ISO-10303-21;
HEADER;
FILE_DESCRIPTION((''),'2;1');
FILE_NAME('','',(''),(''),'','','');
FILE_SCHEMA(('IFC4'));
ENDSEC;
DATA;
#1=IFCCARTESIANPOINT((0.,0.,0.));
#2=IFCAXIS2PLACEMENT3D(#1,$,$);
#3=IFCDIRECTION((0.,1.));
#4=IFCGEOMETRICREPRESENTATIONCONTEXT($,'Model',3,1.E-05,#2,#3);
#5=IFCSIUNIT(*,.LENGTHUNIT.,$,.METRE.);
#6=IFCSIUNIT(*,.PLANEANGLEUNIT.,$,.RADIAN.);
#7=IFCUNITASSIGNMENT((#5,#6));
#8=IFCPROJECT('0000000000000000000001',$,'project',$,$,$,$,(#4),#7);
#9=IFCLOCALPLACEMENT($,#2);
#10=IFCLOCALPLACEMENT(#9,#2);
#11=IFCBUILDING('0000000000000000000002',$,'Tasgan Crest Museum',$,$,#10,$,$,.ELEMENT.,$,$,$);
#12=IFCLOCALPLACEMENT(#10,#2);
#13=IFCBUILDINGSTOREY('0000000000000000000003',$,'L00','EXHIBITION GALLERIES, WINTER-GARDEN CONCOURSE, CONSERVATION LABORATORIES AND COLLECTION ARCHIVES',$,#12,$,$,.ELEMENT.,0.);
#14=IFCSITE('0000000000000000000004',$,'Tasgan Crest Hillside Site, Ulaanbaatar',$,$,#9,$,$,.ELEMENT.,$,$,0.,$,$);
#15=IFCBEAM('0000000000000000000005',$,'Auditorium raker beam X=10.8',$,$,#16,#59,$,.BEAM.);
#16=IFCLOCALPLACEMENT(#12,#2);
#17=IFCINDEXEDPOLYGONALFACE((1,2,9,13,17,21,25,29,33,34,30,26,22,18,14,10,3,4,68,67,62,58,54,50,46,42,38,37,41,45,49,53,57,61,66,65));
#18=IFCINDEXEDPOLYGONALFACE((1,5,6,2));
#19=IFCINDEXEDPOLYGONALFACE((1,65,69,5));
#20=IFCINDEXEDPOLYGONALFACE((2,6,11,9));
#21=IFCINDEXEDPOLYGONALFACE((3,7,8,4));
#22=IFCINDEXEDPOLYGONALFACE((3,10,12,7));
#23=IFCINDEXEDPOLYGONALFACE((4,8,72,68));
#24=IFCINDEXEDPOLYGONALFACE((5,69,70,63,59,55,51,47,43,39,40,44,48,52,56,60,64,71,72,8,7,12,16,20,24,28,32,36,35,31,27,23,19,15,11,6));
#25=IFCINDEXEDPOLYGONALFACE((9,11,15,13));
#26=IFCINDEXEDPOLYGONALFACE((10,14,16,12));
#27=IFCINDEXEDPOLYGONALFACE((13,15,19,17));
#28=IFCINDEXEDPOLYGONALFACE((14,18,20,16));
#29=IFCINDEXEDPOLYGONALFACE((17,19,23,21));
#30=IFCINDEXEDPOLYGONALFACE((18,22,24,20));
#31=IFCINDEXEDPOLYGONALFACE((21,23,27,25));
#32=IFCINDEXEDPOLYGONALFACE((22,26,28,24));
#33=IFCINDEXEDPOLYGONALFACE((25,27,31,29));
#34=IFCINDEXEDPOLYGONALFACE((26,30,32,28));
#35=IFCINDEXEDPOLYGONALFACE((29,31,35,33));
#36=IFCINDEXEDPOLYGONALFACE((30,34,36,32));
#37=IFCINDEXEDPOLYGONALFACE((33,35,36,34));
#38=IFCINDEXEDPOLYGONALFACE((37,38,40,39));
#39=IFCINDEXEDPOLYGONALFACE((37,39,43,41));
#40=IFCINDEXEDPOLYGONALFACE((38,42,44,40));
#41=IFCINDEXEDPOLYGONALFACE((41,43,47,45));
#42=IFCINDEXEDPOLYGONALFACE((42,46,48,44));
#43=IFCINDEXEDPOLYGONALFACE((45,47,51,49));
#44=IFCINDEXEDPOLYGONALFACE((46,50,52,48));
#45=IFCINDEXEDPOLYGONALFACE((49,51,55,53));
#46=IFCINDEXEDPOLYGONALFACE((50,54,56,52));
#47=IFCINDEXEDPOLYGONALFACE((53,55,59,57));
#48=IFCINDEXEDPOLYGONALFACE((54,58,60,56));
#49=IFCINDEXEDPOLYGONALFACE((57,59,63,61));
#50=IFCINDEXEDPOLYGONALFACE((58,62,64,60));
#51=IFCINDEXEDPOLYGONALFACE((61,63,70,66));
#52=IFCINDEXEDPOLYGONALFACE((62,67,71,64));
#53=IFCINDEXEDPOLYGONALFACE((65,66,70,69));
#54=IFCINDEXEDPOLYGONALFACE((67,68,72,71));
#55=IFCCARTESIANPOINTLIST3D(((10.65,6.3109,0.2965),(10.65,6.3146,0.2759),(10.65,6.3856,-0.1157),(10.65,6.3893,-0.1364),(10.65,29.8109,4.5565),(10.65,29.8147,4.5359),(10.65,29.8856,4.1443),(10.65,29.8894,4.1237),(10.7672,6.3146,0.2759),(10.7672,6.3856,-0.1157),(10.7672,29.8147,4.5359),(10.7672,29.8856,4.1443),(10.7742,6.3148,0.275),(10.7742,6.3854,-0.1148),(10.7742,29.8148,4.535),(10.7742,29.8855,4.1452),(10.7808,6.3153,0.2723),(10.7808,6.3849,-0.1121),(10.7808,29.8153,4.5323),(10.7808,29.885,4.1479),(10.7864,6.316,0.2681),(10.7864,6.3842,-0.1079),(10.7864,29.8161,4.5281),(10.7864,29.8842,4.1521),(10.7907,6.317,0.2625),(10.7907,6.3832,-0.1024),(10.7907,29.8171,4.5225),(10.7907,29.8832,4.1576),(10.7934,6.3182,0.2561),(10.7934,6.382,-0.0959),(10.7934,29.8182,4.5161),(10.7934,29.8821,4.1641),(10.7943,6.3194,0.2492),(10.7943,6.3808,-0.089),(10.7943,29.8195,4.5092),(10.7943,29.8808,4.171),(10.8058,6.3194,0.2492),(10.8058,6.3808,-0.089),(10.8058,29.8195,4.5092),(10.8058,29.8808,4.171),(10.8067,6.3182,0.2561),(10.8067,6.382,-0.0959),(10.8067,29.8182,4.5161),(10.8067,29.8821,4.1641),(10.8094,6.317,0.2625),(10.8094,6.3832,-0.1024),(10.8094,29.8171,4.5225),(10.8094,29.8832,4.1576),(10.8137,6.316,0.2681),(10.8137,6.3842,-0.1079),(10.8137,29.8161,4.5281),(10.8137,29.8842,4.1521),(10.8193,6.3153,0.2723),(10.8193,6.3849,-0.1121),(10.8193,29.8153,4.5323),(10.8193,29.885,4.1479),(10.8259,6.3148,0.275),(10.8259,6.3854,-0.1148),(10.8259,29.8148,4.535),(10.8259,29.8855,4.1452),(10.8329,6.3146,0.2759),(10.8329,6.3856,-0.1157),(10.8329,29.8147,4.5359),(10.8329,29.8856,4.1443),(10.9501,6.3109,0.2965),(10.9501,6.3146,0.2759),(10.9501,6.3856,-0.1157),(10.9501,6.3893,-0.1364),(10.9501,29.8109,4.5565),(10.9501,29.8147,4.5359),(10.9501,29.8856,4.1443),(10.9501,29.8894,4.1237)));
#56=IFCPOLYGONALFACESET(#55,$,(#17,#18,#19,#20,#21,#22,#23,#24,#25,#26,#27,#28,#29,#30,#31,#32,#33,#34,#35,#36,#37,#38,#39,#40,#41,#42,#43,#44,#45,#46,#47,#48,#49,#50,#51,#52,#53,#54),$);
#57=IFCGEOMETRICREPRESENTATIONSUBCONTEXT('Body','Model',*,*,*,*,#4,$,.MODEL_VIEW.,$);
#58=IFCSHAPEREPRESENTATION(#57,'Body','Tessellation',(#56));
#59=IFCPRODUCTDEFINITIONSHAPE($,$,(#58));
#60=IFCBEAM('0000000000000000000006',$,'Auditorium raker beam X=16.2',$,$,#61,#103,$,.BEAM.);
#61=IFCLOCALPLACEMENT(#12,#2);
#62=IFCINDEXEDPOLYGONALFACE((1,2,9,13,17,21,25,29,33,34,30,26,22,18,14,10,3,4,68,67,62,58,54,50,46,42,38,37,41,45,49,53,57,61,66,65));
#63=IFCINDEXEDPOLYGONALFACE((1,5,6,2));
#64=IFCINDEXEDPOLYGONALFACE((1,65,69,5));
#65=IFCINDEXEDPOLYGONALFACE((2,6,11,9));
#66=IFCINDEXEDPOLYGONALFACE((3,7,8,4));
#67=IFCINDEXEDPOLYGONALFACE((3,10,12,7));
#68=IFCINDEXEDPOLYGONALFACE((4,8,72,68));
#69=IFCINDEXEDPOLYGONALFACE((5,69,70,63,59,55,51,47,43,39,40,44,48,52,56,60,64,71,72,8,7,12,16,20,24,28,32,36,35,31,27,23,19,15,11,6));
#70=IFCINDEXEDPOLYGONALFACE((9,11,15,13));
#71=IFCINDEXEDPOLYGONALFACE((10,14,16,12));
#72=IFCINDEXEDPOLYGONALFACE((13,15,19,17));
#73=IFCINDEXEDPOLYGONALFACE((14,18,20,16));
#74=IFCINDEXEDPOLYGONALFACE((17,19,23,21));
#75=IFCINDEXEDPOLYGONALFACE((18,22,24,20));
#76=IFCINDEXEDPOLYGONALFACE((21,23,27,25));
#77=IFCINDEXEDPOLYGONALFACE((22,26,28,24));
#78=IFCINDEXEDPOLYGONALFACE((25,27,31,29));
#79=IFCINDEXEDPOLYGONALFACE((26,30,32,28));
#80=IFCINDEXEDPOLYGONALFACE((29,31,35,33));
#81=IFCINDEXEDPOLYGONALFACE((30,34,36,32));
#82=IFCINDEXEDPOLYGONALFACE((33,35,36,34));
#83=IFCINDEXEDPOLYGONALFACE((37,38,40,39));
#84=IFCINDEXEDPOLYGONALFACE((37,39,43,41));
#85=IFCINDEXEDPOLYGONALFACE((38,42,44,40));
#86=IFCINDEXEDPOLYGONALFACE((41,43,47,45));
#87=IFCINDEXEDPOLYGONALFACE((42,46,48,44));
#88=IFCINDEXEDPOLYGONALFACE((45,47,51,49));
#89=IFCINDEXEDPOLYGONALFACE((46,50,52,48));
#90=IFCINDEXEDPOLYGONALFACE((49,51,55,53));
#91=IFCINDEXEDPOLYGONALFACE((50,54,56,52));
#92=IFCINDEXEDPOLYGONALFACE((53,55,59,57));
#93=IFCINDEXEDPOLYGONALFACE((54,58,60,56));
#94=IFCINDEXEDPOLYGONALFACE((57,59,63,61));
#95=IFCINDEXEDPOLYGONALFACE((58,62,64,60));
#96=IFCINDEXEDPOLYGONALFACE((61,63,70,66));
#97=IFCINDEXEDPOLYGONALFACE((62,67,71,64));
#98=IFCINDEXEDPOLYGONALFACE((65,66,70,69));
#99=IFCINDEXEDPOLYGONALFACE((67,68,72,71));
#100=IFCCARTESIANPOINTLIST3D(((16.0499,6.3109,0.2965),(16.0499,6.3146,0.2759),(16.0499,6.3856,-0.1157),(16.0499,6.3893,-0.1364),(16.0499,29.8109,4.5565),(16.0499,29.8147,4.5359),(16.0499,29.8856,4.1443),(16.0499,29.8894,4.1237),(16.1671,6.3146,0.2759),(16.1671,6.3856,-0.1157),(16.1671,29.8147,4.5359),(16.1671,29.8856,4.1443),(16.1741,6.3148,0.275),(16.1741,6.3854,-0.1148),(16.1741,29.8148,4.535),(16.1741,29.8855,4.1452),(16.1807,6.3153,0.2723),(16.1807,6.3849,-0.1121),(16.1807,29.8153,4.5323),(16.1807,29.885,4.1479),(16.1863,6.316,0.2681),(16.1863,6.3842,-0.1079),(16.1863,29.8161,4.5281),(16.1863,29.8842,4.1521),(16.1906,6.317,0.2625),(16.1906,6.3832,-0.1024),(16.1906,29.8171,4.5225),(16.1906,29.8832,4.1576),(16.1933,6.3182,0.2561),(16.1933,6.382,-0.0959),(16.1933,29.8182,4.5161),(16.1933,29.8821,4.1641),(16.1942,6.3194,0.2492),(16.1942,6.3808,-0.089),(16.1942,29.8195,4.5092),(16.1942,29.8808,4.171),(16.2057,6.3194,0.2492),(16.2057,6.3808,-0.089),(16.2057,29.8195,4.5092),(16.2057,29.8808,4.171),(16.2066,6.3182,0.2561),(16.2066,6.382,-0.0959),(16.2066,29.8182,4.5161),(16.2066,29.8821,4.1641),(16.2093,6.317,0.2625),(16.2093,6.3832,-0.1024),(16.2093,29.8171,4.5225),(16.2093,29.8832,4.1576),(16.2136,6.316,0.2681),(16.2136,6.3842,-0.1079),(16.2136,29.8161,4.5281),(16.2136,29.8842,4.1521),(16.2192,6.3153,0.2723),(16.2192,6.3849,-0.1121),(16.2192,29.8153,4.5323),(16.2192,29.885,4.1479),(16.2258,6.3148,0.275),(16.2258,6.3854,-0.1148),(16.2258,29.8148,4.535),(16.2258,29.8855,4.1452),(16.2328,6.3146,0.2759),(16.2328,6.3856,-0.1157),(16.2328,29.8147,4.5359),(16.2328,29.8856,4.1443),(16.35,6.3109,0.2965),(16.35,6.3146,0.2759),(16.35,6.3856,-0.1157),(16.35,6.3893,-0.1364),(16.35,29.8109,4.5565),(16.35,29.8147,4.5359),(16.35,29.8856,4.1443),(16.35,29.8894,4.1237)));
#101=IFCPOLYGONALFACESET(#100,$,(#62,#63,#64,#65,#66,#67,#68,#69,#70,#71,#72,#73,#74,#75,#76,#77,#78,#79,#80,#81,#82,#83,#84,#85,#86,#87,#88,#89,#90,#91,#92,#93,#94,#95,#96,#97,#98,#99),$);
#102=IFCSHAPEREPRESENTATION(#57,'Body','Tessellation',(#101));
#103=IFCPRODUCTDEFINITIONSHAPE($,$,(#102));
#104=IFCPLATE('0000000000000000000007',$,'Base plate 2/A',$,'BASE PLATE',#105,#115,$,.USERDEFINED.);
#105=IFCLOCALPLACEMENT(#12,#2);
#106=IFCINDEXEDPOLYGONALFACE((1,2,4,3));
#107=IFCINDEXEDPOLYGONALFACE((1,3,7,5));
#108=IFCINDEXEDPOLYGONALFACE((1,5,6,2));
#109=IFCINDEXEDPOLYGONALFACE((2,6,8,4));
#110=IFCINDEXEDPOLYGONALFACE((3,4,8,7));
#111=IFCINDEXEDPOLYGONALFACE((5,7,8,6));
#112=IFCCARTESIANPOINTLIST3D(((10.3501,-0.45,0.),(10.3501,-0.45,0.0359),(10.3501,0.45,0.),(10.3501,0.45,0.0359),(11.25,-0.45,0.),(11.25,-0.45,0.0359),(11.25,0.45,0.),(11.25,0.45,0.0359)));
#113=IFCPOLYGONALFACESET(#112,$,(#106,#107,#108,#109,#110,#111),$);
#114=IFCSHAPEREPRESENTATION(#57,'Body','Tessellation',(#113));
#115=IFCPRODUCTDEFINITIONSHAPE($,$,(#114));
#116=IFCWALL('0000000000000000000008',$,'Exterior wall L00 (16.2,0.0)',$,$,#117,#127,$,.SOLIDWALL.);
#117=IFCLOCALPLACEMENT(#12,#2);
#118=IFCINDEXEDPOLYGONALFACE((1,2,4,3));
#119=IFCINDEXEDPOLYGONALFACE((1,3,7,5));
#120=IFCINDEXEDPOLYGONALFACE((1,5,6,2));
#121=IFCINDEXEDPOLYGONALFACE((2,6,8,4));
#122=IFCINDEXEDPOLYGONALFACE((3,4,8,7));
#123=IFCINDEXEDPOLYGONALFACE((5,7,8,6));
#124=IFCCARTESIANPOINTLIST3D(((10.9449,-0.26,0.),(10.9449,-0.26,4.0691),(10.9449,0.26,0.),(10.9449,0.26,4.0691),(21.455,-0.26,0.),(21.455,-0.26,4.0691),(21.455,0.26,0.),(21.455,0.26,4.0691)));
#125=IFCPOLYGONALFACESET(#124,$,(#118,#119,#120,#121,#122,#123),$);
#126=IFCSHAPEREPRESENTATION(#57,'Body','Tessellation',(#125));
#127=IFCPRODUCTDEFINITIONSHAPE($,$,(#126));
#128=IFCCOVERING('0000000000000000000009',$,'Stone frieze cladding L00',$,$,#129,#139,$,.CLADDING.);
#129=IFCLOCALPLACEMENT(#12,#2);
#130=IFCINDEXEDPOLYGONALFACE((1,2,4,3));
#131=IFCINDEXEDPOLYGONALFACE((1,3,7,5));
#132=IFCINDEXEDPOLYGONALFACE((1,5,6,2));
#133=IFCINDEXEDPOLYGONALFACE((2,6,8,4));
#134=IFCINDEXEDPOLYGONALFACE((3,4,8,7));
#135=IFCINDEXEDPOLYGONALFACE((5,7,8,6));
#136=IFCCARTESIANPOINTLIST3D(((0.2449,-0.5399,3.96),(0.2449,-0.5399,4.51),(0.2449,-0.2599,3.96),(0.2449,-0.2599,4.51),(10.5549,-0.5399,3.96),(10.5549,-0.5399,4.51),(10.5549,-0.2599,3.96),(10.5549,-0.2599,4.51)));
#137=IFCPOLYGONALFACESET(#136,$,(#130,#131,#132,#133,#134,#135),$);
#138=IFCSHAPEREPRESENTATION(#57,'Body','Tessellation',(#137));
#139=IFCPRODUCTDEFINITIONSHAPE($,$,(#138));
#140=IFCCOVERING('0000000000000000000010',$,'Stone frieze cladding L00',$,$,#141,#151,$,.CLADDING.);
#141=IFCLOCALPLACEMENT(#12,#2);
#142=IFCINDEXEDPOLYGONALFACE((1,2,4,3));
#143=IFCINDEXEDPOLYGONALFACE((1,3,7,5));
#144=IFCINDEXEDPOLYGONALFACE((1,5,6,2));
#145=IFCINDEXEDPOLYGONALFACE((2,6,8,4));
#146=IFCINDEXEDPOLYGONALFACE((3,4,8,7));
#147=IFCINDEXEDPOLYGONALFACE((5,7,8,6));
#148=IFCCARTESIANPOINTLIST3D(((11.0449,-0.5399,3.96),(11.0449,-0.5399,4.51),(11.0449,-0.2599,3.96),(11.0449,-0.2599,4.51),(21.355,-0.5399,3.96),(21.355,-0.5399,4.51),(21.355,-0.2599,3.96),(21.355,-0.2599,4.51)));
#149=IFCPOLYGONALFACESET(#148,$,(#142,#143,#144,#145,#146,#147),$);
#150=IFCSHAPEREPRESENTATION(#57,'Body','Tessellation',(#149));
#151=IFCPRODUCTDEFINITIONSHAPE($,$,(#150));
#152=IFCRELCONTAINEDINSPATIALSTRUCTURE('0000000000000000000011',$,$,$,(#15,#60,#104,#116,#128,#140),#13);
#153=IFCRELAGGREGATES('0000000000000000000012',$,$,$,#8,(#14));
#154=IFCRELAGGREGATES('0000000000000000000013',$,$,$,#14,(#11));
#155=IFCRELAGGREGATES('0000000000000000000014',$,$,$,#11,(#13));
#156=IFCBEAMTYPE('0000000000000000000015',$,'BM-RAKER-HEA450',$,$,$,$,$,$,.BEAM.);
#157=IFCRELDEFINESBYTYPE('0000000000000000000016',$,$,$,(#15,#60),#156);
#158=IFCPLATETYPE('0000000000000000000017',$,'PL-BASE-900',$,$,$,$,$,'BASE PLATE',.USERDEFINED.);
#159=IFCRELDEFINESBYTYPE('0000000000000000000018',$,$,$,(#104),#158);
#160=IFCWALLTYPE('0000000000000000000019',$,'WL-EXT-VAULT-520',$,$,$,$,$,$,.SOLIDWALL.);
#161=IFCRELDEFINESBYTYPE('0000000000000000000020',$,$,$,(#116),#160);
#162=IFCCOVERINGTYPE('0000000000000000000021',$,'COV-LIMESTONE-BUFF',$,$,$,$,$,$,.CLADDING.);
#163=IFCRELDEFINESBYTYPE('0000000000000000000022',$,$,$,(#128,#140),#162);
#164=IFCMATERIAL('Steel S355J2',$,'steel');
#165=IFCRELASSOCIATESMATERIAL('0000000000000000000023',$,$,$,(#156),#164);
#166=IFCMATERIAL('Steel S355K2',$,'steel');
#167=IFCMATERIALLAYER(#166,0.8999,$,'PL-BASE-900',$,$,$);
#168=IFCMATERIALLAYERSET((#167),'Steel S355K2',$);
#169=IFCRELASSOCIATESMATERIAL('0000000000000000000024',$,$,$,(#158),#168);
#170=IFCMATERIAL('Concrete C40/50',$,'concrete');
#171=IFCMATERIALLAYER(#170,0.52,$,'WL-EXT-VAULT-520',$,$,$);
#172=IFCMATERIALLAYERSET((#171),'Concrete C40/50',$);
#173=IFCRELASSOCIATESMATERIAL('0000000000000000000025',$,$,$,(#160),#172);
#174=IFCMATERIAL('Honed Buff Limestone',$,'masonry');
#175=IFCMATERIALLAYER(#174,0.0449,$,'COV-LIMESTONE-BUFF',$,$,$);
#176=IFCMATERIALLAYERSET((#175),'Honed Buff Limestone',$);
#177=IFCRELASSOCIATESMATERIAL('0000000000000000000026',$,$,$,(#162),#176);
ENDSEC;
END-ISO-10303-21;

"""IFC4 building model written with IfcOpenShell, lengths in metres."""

from ifc_helpers import new_model, si_unit, direction, frame, frame_2d, origin, origin_2d, place, context, subcontext, project, spatial, rectangle, i_section, extrude, material, layer, layer_set, material_profile, profile_set, type_object, element, save


model = new_model("IFC4")

# Units and contexts
model_context = context("Model", 3, precision=1e-05, world=origin(), true_north=direction((0.0, 1.0)))
body_context = subcontext(model_context, "Body", "Model", "MODEL_VIEW")
ifc_project = project(units=[si_unit("LENGTHUNIT", "METRE"), si_unit("PLANEANGLEUNIT", "RADIAN")], contexts=[model_context])

# Site, building, storey
site_placement = place(None, origin())
site = spatial("IfcSite", under=ifc_project, at=site_placement, Name="Tasgan Crest Hillside Site, Ulaanbaatar", CompositionType="ELEMENT", RefElevation=0.0)
building_placement = place(site_placement, origin())
building = spatial("IfcBuilding", under=site, at=building_placement, Name="Tasgan Crest Museum", CompositionType="ELEMENT")
storey_placement = place(building_placement, origin())
storey = spatial("IfcBuildingStorey", under=building, at=storey_placement, Name="L00", Description="EXHIBITION GALLERIES, WINTER-GARDEN CONCOURSE, CONSERVATION LABORATORIES AND COLLECTION ARCHIVES", CompositionType="ELEMENT", Elevation=0.0)

# Beams
ifc_material_1 = material(Name="Steel S355J2", Category="steel")
ifc_material_profile_1 = material_profile(ifc_material_1, i_section(OverallWidth=0.3, OverallDepth=0.4399, WebThickness=0.0115, FlangeThickness=0.021, FilletRadius=0.0271, at=origin_2d()), Name="HEA 450")
ifc_profile_set_1 = profile_set([ifc_material_profile_1], Name="Steel S355J2")
beam_type_1 = type_object("IfcBeamType", Name="BM-RAKER-HEA450", PredefinedType="BEAM", material=ifc_profile_set_1)
for number, where, z_axis, x_axis, name in (
    (1, (10.8, 6.3501, 0.0801), (0.0, 0.983963, 0.17837), (-1.0, 0.0, 0.0), "Auditorium raker beam X=10.8"),
    (2, (16.2, 6.3501, 0.0801), (0.0, 0.983963, 0.17837), (-1.0, 0.0, 0.0), "Auditorium raker beam X=16.2"),
):
    element("IfcBeam", number, at=place(storey_placement, frame(where, z_axis=z_axis, x_axis=x_axis)), inside=storey, type_object=beam_type_1, Name=name, PredefinedType="BEAM", context=body_context, shape_type="SweptSolid", body=[
        extrude(i_section(OverallWidth=0.3, OverallDepth=0.4399, WebThickness=0.0115, FlangeThickness=0.021, FilletRadius=0.0271, at=origin_2d()), origin(), (0.0, 0.0, 1.0), 23.8831),
    ])

# Plate
ifc_material_2 = material(Name="Steel S355K2", Category="steel")
ifc_layer_1 = layer(ifc_material_2, 0.8999, Name="PL-BASE-900")
ifc_layer_set_1 = layer_set([ifc_layer_1], Name="Steel S355K2")
plate_type = type_object("IfcPlateType", Name="PL-BASE-900", ElementType="BASE PLATE", PredefinedType="USERDEFINED", material=ifc_layer_set_1)
plate_placement = place(storey_placement, frame((10.8, 0.0, 0.0), z_axis=(0.0, 0.0, 1.0), x_axis=(1.0, 0.0, 0.0)))
element("IfcPlate", 3, at=plate_placement, inside=storey, type_object=plate_type, Name="Base plate 2/A", ObjectType="BASE PLATE", PredefinedType="USERDEFINED", context=body_context, shape_type="SweptSolid", body=[
    extrude(rectangle(XDim=0.8999, YDim=0.8999, at=origin_2d()), origin(), (0.0, 0.0, 1.0), 0.0359),
])

# Wall
ifc_material_3 = material(Name="Concrete C40/50", Category="concrete")
ifc_layer_2 = layer(ifc_material_3, 0.52, Name="WL-EXT-VAULT-520")
ifc_layer_set_2 = layer_set([ifc_layer_2], Name="Concrete C40/50")
wall_type = type_object("IfcWallType", Name="WL-EXT-VAULT-520", PredefinedType="SOLIDWALL", material=ifc_layer_set_2)
wall_placement = place(storey_placement, frame((10.9451, 0.0, 0.0), z_axis=(0.0, 0.0, 1.0), x_axis=(1.0, 0.0, 0.0)))
element("IfcWall", 4, at=wall_placement, inside=storey, type_object=wall_type, Name="Exterior wall L00 (16.2,0.0)", PredefinedType="SOLIDWALL", context=body_context, shape_type="SweptSolid", body=[
    extrude(rectangle(XDim=10.51, YDim=0.52, at=frame_2d((5.2549, 0.0))), origin(), (0.0, 0.0, 1.0), 4.0691),
])

# Coverings
ifc_material_4 = material(Name="Honed Buff Limestone", Category="masonry")
ifc_layer_3 = layer(ifc_material_4, 0.0449, Name="COV-LIMESTONE-BUFF")
ifc_layer_set_3 = layer_set([ifc_layer_3], Name="Honed Buff Limestone")
covering_type = type_object("IfcCoveringType", Name="COV-LIMESTONE-BUFF", PredefinedType="CLADDING", material=ifc_layer_set_3)
for number, where, z_axis, x_axis, name in (
    (5, (5.3999, -0.3999, 3.96), (0.0, 0.0, 1.0), (1.0, 0.0, 0.0), "Stone frieze cladding L00"),
    (6, (16.2, -0.3999, 3.96), (0.0, 0.0, 1.0), (1.0, 0.0, 0.0), "Stone frieze cladding L00"),
):
    element("IfcCovering", number, at=place(storey_placement, frame(where, z_axis=z_axis, x_axis=x_axis)), inside=storey, type_object=covering_type, Name=name, PredefinedType="CLADDING", context=body_context, shape_type="SweptSolid", body=[
        extrude(rectangle(XDim=10.3101, YDim=0.28, at=origin_2d()), origin(), (0.0, 0.0, 1.0), 0.55),
    ])

save(model, "model.ifc")
